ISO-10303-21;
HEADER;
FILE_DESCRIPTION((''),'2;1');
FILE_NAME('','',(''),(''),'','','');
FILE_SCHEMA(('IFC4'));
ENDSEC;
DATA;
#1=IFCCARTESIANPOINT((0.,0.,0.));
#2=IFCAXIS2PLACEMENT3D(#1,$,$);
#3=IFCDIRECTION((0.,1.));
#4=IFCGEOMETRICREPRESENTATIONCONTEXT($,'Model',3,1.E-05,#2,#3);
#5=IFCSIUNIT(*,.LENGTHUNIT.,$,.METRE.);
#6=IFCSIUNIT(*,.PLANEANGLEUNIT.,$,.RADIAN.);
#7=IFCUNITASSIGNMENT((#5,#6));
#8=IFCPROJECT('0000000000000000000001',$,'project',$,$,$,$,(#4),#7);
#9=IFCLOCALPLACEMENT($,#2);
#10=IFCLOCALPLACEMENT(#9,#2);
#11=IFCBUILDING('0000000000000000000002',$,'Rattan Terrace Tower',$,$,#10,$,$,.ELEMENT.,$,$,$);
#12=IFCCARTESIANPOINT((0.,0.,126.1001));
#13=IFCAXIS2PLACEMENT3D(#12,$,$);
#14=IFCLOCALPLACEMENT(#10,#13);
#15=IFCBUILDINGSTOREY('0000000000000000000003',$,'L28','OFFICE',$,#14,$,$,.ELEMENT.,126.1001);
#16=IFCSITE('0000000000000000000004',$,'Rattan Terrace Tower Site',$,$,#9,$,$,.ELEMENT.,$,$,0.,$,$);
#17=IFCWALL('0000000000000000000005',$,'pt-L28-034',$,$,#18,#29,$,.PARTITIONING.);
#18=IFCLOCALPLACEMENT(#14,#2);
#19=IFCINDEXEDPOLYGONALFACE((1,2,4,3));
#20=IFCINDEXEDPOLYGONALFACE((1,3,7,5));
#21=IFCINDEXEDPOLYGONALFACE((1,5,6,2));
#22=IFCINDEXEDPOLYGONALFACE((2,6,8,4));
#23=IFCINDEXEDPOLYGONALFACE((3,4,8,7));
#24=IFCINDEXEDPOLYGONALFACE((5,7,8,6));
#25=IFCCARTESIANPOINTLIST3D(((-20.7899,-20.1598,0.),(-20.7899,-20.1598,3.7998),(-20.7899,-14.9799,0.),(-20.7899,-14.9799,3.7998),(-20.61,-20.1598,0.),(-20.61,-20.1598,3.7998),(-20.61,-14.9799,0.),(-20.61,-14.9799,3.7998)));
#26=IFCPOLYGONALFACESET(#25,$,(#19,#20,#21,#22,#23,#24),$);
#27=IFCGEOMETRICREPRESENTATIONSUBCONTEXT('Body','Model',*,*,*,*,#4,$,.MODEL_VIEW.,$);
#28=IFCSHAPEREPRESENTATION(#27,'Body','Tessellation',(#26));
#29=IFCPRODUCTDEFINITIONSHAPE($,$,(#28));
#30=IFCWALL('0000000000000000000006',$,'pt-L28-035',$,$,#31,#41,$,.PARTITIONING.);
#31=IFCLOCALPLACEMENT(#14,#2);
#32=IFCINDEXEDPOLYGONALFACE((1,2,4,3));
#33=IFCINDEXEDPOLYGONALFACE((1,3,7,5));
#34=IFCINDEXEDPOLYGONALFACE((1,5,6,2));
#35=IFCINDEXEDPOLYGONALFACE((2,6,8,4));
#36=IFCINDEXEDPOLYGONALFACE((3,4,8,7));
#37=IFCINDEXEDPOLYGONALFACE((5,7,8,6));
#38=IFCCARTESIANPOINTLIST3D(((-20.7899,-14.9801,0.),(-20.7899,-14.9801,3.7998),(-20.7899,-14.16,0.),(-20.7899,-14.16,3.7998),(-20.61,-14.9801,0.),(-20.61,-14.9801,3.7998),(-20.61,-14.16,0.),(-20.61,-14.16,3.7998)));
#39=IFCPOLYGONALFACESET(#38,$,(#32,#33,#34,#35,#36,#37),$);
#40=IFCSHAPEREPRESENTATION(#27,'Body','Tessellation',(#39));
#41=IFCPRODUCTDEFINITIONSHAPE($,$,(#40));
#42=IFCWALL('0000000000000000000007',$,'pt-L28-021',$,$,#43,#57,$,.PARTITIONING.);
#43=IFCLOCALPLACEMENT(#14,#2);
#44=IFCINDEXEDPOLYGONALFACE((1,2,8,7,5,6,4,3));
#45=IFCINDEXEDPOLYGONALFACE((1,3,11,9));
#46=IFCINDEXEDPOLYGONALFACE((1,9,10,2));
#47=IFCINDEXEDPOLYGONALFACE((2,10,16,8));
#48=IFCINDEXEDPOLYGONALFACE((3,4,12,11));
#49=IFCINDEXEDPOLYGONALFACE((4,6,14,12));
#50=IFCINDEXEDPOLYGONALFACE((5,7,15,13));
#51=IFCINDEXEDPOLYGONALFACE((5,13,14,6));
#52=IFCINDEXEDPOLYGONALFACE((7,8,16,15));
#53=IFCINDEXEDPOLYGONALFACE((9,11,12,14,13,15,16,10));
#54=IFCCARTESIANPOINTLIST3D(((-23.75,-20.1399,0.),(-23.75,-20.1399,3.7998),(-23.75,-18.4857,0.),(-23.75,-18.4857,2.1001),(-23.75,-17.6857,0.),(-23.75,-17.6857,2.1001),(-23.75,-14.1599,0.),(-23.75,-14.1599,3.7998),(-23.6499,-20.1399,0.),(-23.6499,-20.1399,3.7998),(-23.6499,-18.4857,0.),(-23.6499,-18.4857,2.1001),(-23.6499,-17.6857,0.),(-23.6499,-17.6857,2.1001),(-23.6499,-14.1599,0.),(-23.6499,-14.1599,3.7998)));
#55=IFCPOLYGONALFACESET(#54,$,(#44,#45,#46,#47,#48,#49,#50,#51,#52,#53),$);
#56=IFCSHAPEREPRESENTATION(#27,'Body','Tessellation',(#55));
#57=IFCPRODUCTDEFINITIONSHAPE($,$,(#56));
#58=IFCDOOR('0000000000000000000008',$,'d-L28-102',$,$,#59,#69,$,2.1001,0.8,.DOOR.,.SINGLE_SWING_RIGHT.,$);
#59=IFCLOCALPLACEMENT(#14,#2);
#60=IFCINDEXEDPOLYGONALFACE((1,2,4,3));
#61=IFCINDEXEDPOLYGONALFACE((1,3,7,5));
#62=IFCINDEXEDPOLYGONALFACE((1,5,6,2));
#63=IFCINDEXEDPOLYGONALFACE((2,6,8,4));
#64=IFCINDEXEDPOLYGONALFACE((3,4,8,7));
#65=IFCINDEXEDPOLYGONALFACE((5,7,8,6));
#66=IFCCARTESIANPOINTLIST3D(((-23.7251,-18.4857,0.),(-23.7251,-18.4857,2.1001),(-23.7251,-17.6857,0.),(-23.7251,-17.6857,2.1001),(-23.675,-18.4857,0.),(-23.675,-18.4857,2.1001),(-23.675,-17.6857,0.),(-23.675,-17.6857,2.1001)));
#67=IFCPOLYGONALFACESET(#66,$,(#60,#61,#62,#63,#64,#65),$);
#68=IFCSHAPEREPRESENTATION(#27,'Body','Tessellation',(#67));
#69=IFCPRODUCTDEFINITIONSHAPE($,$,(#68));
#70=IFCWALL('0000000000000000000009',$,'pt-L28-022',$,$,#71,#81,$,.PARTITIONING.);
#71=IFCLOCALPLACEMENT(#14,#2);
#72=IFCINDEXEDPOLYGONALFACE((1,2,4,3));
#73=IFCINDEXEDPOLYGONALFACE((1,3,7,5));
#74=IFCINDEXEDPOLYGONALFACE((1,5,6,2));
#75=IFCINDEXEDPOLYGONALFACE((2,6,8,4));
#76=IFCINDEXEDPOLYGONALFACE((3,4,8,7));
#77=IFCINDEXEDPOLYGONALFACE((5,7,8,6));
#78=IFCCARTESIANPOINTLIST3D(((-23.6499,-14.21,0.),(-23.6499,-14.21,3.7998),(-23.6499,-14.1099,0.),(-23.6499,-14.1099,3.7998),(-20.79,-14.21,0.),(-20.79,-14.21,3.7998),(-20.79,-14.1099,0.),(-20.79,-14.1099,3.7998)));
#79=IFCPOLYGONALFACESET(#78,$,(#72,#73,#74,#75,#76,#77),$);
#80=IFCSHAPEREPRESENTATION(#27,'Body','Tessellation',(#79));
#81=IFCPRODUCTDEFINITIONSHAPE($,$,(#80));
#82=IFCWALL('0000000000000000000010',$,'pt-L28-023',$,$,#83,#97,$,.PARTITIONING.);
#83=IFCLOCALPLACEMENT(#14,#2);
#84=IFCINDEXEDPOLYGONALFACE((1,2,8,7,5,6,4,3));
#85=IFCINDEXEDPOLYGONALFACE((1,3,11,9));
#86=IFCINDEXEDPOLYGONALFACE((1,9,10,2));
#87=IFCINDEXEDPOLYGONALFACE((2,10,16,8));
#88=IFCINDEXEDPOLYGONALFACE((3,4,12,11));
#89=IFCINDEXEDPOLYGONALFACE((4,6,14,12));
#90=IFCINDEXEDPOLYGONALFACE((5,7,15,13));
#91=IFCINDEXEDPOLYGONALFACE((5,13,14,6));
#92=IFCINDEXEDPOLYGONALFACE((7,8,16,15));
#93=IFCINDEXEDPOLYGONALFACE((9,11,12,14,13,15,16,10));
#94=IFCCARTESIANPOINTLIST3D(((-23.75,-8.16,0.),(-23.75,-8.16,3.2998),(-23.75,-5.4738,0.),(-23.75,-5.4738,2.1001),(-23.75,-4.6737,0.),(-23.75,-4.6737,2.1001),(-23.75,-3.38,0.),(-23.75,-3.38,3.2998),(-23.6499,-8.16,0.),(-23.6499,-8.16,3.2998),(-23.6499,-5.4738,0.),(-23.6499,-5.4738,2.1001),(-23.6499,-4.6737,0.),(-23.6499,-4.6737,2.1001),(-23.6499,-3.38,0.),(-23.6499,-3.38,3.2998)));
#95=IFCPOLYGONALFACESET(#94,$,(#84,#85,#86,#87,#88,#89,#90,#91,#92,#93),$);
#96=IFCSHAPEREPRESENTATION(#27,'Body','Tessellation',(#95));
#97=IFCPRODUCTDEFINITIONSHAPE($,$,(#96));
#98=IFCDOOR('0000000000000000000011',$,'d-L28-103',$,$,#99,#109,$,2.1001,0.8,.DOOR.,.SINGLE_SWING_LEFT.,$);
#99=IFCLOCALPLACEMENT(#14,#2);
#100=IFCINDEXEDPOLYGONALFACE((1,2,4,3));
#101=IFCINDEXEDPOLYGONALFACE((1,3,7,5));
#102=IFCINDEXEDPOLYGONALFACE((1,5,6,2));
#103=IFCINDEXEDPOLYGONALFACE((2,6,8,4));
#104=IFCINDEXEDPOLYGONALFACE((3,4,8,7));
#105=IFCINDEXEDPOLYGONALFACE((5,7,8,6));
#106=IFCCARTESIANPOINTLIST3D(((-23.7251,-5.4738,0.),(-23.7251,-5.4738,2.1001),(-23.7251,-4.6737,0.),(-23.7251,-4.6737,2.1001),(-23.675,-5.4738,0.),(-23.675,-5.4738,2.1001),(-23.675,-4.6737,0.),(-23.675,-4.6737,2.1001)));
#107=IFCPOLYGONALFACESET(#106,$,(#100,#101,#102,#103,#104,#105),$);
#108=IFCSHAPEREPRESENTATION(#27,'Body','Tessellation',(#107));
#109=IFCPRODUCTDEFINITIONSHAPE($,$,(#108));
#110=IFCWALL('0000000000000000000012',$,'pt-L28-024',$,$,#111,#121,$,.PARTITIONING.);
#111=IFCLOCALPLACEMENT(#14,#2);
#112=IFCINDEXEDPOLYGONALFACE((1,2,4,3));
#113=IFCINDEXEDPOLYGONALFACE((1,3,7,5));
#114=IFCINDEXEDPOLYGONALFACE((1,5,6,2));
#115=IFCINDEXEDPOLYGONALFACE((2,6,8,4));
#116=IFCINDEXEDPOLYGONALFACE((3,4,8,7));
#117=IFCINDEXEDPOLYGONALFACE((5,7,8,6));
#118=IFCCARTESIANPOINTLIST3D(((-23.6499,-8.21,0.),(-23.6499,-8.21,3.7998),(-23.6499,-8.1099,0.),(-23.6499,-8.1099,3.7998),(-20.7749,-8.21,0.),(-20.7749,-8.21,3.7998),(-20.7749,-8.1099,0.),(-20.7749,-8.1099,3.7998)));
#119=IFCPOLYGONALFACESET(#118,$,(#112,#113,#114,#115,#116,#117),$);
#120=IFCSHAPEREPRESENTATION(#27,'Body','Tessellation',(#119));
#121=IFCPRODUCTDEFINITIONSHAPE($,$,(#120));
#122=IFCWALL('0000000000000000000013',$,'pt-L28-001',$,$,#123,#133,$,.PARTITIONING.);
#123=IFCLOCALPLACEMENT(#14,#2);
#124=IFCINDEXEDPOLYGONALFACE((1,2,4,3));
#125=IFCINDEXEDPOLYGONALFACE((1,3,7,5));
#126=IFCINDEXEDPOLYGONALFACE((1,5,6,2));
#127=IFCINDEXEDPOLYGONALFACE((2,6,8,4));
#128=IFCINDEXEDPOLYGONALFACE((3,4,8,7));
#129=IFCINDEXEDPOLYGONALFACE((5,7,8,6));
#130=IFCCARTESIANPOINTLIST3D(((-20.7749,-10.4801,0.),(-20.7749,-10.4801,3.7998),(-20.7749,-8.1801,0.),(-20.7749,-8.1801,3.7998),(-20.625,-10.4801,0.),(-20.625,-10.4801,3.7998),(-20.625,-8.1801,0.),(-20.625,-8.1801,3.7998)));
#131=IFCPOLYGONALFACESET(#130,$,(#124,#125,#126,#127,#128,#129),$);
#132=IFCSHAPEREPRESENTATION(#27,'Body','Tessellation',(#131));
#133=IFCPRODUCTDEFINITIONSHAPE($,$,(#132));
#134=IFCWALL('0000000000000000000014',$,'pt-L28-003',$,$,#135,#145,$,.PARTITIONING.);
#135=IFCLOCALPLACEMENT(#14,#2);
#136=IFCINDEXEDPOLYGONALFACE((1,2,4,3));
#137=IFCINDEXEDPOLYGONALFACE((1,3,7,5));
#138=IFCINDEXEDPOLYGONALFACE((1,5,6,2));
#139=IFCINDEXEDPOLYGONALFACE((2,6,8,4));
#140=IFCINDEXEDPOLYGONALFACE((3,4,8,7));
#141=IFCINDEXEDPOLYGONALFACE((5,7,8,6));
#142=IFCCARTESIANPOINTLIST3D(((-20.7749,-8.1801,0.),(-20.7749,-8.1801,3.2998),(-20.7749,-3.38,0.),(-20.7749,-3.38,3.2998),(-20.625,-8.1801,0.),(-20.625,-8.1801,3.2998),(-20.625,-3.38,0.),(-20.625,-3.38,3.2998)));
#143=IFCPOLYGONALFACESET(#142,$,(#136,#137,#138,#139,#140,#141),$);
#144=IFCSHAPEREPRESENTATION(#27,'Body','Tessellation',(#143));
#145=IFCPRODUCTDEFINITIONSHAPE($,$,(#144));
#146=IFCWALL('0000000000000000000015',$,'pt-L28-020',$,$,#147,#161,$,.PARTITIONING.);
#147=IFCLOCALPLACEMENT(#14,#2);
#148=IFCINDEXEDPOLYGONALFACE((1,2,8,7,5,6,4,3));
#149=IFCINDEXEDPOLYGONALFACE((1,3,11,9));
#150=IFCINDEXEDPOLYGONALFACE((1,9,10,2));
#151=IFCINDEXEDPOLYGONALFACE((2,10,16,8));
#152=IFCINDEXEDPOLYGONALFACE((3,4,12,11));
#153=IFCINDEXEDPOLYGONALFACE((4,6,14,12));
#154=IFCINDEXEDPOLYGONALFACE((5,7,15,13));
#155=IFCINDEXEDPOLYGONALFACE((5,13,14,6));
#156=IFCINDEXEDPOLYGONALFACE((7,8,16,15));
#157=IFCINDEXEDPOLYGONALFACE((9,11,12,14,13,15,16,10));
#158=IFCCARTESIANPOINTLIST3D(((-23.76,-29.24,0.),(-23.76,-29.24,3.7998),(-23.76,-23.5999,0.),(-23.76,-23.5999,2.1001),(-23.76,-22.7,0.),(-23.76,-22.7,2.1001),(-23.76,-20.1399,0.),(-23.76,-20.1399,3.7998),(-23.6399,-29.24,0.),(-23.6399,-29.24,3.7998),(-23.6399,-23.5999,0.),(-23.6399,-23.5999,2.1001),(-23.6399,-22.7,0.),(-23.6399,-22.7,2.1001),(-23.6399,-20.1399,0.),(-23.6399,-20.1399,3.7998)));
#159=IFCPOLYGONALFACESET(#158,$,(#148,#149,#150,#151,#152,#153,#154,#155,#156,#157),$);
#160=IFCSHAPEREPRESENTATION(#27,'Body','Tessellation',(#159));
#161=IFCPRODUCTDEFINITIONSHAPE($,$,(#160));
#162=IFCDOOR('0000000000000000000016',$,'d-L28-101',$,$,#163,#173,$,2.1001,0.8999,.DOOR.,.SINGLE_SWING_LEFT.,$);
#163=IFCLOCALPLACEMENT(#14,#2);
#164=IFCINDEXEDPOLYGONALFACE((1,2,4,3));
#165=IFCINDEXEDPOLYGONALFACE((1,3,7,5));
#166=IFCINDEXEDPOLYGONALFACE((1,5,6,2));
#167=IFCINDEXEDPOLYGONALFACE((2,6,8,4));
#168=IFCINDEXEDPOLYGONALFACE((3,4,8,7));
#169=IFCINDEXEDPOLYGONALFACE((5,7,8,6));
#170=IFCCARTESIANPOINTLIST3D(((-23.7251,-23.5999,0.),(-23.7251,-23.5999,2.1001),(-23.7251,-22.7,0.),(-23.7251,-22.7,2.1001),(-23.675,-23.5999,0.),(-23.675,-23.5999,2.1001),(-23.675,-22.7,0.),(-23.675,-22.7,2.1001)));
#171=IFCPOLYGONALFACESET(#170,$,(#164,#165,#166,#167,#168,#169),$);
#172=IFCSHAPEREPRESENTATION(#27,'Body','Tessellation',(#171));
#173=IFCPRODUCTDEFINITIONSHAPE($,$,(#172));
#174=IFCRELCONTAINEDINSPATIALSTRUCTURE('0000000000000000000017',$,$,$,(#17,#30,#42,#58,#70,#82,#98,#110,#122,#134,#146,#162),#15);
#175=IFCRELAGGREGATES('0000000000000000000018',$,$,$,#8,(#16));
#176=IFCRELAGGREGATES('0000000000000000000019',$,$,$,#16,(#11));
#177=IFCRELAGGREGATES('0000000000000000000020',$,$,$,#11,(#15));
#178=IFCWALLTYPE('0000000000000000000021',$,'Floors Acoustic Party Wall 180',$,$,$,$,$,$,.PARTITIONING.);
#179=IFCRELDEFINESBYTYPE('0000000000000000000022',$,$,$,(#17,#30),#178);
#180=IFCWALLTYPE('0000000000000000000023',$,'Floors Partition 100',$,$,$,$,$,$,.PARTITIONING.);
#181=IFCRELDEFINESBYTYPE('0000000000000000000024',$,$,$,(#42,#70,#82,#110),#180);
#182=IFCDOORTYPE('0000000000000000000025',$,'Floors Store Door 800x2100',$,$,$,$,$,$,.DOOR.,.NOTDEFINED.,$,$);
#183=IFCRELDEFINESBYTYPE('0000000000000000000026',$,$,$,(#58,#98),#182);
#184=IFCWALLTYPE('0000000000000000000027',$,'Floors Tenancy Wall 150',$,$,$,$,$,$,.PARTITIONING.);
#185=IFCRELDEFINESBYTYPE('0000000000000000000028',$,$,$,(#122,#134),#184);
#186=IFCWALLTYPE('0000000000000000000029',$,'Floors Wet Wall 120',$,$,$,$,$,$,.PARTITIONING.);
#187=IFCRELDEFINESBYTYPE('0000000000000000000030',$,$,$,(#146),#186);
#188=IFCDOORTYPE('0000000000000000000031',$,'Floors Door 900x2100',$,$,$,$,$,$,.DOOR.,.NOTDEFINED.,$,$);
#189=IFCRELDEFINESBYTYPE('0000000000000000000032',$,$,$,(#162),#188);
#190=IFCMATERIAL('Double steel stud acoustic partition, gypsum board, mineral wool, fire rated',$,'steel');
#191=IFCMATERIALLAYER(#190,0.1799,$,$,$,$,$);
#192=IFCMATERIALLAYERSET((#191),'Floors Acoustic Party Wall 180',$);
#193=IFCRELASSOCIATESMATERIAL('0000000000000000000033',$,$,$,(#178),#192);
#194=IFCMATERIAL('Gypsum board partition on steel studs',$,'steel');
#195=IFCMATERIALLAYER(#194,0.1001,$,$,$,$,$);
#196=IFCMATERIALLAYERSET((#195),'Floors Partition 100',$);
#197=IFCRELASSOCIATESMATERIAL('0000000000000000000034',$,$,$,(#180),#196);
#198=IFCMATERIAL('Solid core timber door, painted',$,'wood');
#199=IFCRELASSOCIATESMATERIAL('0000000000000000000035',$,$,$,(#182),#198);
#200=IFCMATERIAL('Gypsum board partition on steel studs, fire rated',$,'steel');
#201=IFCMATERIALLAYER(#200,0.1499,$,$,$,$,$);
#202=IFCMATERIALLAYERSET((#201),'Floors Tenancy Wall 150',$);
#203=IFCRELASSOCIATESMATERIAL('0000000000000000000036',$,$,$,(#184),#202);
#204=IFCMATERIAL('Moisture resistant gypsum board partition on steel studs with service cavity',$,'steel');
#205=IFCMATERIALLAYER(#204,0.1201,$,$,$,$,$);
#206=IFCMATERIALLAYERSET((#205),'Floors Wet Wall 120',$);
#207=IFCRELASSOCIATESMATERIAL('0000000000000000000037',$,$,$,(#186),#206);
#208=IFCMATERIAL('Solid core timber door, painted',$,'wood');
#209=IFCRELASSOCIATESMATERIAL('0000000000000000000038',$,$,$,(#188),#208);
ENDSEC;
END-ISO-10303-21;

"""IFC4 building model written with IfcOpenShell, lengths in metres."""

from ifc_helpers import new_model, si_unit, direction, frame, frame_2d, origin, place, context, subcontext, project, spatial, rectangle, extrude, material, layer, layer_set, type_object, element, fill, save


model = new_model("IFC4")

# Units and contexts
model_context = context("Model", 3, precision=1e-05, world=origin(), true_north=direction((0.0, 1.0)))
body_context = subcontext(model_context, "Body", "Model", "MODEL_VIEW")
ifc_project = project(units=[si_unit("LENGTHUNIT", "METRE"), si_unit("PLANEANGLEUNIT", "RADIAN")], contexts=[model_context])

# Site, building, storey
site_placement = place(None, origin())
site = spatial("IfcSite", under=ifc_project, at=site_placement, Name="Rattan Terrace Tower Site", CompositionType="ELEMENT", RefElevation=0.0)
building_placement = place(site_placement, origin())
building = spatial("IfcBuilding", under=site, at=building_placement, Name="Rattan Terrace Tower", CompositionType="ELEMENT")
storey_placement = place(building_placement, frame((0.0, 0.0, 126.1001)))
storey = spatial("IfcBuildingStorey", under=building, at=storey_placement, Name="L28", Description="OFFICE", CompositionType="ELEMENT", Elevation=126.1001)

# Walls
ifc_material_1 = material(Name="Double steel stud acoustic partition, gypsum board, mineral wool, fire rated", Category="steel")
ifc_layer_1 = layer(ifc_material_1, 0.1799)
ifc_layer_set_1 = layer_set([ifc_layer_1], Name="Floors Acoustic Party Wall 180")
wall_type_1 = type_object("IfcWallType", Name="Floors Acoustic Party Wall 180", PredefinedType="PARTITIONING", material=ifc_layer_set_1)
wall_1_placement = place(storey_placement, frame((-20.7, -14.98, 0.0), z_axis=(0.0, 0.0, 1.0), x_axis=(0.0, -1.0, 0.0)))
element("IfcWall", 1, at=wall_1_placement, inside=storey, type_object=wall_type_1, Name="pt-L28-034", PredefinedType="PARTITIONING", context=body_context, shape_type="SweptSolid", body=[
    extrude(rectangle(XDim=5.1799, YDim=0.1799, at=frame_2d((2.5898, 0.0))), origin(), (0.0, 0.0, 1.0), 3.7998),
])
wall_2_placement = place(storey_placement, frame((-20.7, -14.1599, 0.0), z_axis=(0.0, 0.0, 1.0), x_axis=(0.0, -1.0, 0.0)))
element("IfcWall", 2, at=wall_2_placement, inside=storey, type_object=wall_type_1, Name="pt-L28-035", PredefinedType="PARTITIONING", context=body_context, shape_type="SweptSolid", body=[
    extrude(rectangle(XDim=0.8201, YDim=0.1799, at=frame_2d((0.4102, 0.0))), origin(), (0.0, 0.0, 1.0), 3.7998),
])

# Wall, opening, door
ifc_material_2 = material(Name="Gypsum board partition on steel studs", Category="steel")
ifc_layer_2 = layer(ifc_material_2, 0.1001)
ifc_layer_set_2 = layer_set([ifc_layer_2], Name="Floors Partition 100")
wall_type_2 = type_object("IfcWallType", Name="Floors Partition 100", PredefinedType="PARTITIONING", material=ifc_layer_set_2)
wall_3_placement = place(storey_placement, frame((-23.7, -14.1599, 0.0), z_axis=(0.0, 0.0, 1.0), x_axis=(0.0, -1.0, 0.0)))
wall_3 = element("IfcWall", 3, at=wall_3_placement, inside=storey, type_object=wall_type_2, Name="pt-L28-021", PredefinedType="PARTITIONING", context=body_context, shape_type="SweptSolid", body=[
    extrude(rectangle(XDim=5.98, YDim=0.1001, at=frame_2d((2.99, 0.0))), origin(), (0.0, 0.0, 1.0), 3.7998),
])
opening_1_placement = place(wall_3_placement, frame((3.5259, 0.0, 0.0)))
opening_1 = element("IfcOpeningElement", 4, at=opening_1_placement, cuts=wall_3, PredefinedType="OPENING", context=body_context, shape_type="SweptSolid", body=[
    extrude(rectangle(XDim=0.8, YDim=2.1001, at=frame_2d((0.3999, 1.05))), frame((0.0, 0.0605, 0.0), z_axis=(0.0, -1.0, 0.0), x_axis=(1.0, 0.0, 0.0)), (0.0, 0.0, 1.0), 0.1211),
])
ifc_material_3 = material(Name="Solid core timber door, painted", Category="wood")
door_type_1 = type_object("IfcDoorType", Name="Floors Store Door 800x2100", OperationType="NOTDEFINED", PredefinedType="DOOR", material=ifc_material_3)
door_1_placement = place(opening_1_placement, origin())
door_1 = element("IfcDoor", 5, at=door_1_placement, inside=storey, type_object=door_type_1, Name="d-L28-102", OperationType="SINGLE_SWING_RIGHT", OverallHeight=2.1001, OverallWidth=0.8, PredefinedType="DOOR", context=body_context, shape_type="SweptSolid", body=[
    extrude(rectangle(XDim=0.8, YDim=2.1001, at=frame_2d((0.3999, 1.05))), frame((0.0, 0.0249, 0.0), z_axis=(0.0, -1.0, 0.0), x_axis=(1.0, 0.0, 0.0)), (0.0, 0.0, 1.0), 0.05),
])
fill(opening_1, door_1)

# Wall
wall_4_placement = place(storey_placement, frame((-20.79, -14.1599, 0.0), z_axis=(0.0, 0.0, 1.0), x_axis=(-1.0, 0.0, 0.0)))
element("IfcWall", 6, at=wall_4_placement, inside=storey, type_object=wall_type_2, Name="pt-L28-022", PredefinedType="PARTITIONING", context=body_context, shape_type="SweptSolid", body=[
    extrude(rectangle(XDim=2.8599, YDim=0.1001, at=frame_2d((1.4299, 0.0))), origin(), (0.0, 0.0, 1.0), 3.7998),
])

# Wall, opening, door
wall_5_placement = place(storey_placement, frame((-23.7, -3.3799, 0.0), z_axis=(0.0, 0.0, 1.0), x_axis=(0.0, -1.0, 0.0)))
wall_5 = element("IfcWall", 7, at=wall_5_placement, inside=storey, type_object=wall_type_2, Name="pt-L28-023", PredefinedType="PARTITIONING", context=body_context, shape_type="SweptSolid", body=[
    extrude(rectangle(XDim=4.78, YDim=0.1001, at=frame_2d((2.3901, 0.0))), origin(), (0.0, 0.0, 1.0), 3.2998),
])
opening_2_placement = place(wall_5_placement, frame((1.2939, 0.0, 0.0)))
opening_2 = element("IfcOpeningElement", 8, at=opening_2_placement, cuts=wall_5, PredefinedType="OPENING", context=body_context, shape_type="SweptSolid", body=[
    extrude(rectangle(XDim=0.8, YDim=2.1001, at=frame_2d((0.3999, 1.05))), frame((0.0, 0.0605, 0.0), z_axis=(0.0, -1.0, 0.0), x_axis=(1.0, 0.0, 0.0)), (0.0, 0.0, 1.0), 0.1211),
])
door_2_placement = place(opening_2_placement, origin())
door_2 = element("IfcDoor", 9, at=door_2_placement, inside=storey, type_object=door_type_1, Name="d-L28-103", OperationType="SINGLE_SWING_LEFT", OverallHeight=2.1001, OverallWidth=0.8, PredefinedType="DOOR", context=body_context, shape_type="SweptSolid", body=[
    extrude(rectangle(XDim=0.8, YDim=2.1001, at=frame_2d((0.3999, 1.05))), frame((0.0, 0.0249, 0.0), z_axis=(0.0, -1.0, 0.0), x_axis=(1.0, 0.0, 0.0)), (0.0, 0.0, 1.0), 0.05),
])
fill(opening_2, door_2)

# Walls
wall_6_placement = place(storey_placement, frame((-23.6499, -8.1599, 0.0), z_axis=(0.0, 0.0, 1.0), x_axis=(1.0, 0.0, 0.0)))
element("IfcWall", 10, at=wall_6_placement, inside=storey, type_object=wall_type_2, Name="pt-L28-024", PredefinedType="PARTITIONING", context=body_context, shape_type="SweptSolid", body=[
    extrude(rectangle(XDim=2.875, YDim=0.1001, at=frame_2d((1.4375, 0.0))), origin(), (0.0, 0.0, 1.0), 3.7998),
])
ifc_material_4 = material(Name="Gypsum board partition on steel studs, fire rated", Category="steel")
ifc_layer_3 = layer(ifc_material_4, 0.1499)
ifc_layer_set_3 = layer_set([ifc_layer_3], Name="Floors Tenancy Wall 150")
wall_type_3 = type_object("IfcWallType", Name="Floors Tenancy Wall 150", PredefinedType="PARTITIONING", material=ifc_layer_set_3)
wall_7_placement = place(storey_placement, frame((-20.7, -10.48, 0.0), z_axis=(0.0, 0.0, 1.0), x_axis=(0.0, 1.0, 0.0)))
element("IfcWall", 11, at=wall_7_placement, inside=storey, type_object=wall_type_3, Name="pt-L28-001", PredefinedType="PARTITIONING", context=body_context, shape_type="SweptSolid", body=[
    extrude(rectangle(XDim=2.3, YDim=0.1499, at=frame_2d((1.1499, 0.0))), origin(), (0.0, 0.0, 1.0), 3.7998),
])
wall_8_placement = place(storey_placement, frame((-20.7, -8.1799, 0.0), z_axis=(0.0, 0.0, 1.0), x_axis=(0.0, 1.0, 0.0)))
element("IfcWall", 12, at=wall_8_placement, inside=storey, type_object=wall_type_3, Name="pt-L28-003", PredefinedType="PARTITIONING", context=body_context, shape_type="SweptSolid", body=[
    extrude(rectangle(XDim=4.8, YDim=0.1499, at=frame_2d((2.3999, 0.0))), origin(), (0.0, 0.0, 1.0), 3.2998),
])

# Wall, opening, door
ifc_material_5 = material(Name="Moisture resistant gypsum board partition on steel studs with service cavity", Category="steel")
ifc_layer_4 = layer(ifc_material_5, 0.1201)
ifc_layer_set_4 = layer_set([ifc_layer_4], Name="Floors Wet Wall 120")
wall_type_4 = type_object("IfcWallType", Name="Floors Wet Wall 120", PredefinedType="PARTITIONING", material=ifc_layer_set_4)
wall_9_placement = place(storey_placement, frame((-23.7, -20.1399, 0.0), z_axis=(0.0, 0.0, 1.0), x_axis=(0.0, -1.0, 0.0)))
wall_9 = element("IfcWall", 13, at=wall_9_placement, inside=storey, type_object=wall_type_4, Name="pt-L28-020", PredefinedType="PARTITIONING", context=body_context, shape_type="SweptSolid", body=[
    extrude(rectangle(XDim=9.1001, YDim=0.1201, at=frame_2d((4.55, 0.0))), origin(), (0.0, 0.0, 1.0), 3.7998),
])
opening_3_placement = place(wall_9_placement, frame((2.5601, 0.0, 0.0)))
opening_3 = element("IfcOpeningElement", 14, at=opening_3_placement, cuts=wall_9, PredefinedType="OPENING", context=body_context, shape_type="SweptSolid", body=[
    extrude(rectangle(XDim=0.8999, YDim=2.1001, at=frame_2d((0.45, 1.05))), frame((0.0, 0.0706, 0.0), z_axis=(0.0, -1.0, 0.0), x_axis=(1.0, 0.0, 0.0)), (0.0, 0.0, 1.0), 0.1411),
])
ifc_material_6 = material(Name="Solid core timber door, painted", Category="wood")
door_type_2 = type_object("IfcDoorType", Name="Floors Door 900x2100", OperationType="NOTDEFINED", PredefinedType="DOOR", material=ifc_material_6)
door_3_placement = place(opening_3_placement, origin())
door_3 = element("IfcDoor", 15, at=door_3_placement, inside=storey, type_object=door_type_2, Name="d-L28-101", OperationType="SINGLE_SWING_LEFT", OverallHeight=2.1001, OverallWidth=0.8999, PredefinedType="DOOR", context=body_context, shape_type="SweptSolid", body=[
    extrude(rectangle(XDim=0.8999, YDim=2.1001, at=frame_2d((0.45, 1.05))), frame((0.0, 0.0249, 0.0), z_axis=(0.0, -1.0, 0.0), x_axis=(1.0, 0.0, 0.0)), (0.0, 0.0, 1.0), 0.05),
])
fill(opening_3, door_3)

save(model, "model.ifc")
